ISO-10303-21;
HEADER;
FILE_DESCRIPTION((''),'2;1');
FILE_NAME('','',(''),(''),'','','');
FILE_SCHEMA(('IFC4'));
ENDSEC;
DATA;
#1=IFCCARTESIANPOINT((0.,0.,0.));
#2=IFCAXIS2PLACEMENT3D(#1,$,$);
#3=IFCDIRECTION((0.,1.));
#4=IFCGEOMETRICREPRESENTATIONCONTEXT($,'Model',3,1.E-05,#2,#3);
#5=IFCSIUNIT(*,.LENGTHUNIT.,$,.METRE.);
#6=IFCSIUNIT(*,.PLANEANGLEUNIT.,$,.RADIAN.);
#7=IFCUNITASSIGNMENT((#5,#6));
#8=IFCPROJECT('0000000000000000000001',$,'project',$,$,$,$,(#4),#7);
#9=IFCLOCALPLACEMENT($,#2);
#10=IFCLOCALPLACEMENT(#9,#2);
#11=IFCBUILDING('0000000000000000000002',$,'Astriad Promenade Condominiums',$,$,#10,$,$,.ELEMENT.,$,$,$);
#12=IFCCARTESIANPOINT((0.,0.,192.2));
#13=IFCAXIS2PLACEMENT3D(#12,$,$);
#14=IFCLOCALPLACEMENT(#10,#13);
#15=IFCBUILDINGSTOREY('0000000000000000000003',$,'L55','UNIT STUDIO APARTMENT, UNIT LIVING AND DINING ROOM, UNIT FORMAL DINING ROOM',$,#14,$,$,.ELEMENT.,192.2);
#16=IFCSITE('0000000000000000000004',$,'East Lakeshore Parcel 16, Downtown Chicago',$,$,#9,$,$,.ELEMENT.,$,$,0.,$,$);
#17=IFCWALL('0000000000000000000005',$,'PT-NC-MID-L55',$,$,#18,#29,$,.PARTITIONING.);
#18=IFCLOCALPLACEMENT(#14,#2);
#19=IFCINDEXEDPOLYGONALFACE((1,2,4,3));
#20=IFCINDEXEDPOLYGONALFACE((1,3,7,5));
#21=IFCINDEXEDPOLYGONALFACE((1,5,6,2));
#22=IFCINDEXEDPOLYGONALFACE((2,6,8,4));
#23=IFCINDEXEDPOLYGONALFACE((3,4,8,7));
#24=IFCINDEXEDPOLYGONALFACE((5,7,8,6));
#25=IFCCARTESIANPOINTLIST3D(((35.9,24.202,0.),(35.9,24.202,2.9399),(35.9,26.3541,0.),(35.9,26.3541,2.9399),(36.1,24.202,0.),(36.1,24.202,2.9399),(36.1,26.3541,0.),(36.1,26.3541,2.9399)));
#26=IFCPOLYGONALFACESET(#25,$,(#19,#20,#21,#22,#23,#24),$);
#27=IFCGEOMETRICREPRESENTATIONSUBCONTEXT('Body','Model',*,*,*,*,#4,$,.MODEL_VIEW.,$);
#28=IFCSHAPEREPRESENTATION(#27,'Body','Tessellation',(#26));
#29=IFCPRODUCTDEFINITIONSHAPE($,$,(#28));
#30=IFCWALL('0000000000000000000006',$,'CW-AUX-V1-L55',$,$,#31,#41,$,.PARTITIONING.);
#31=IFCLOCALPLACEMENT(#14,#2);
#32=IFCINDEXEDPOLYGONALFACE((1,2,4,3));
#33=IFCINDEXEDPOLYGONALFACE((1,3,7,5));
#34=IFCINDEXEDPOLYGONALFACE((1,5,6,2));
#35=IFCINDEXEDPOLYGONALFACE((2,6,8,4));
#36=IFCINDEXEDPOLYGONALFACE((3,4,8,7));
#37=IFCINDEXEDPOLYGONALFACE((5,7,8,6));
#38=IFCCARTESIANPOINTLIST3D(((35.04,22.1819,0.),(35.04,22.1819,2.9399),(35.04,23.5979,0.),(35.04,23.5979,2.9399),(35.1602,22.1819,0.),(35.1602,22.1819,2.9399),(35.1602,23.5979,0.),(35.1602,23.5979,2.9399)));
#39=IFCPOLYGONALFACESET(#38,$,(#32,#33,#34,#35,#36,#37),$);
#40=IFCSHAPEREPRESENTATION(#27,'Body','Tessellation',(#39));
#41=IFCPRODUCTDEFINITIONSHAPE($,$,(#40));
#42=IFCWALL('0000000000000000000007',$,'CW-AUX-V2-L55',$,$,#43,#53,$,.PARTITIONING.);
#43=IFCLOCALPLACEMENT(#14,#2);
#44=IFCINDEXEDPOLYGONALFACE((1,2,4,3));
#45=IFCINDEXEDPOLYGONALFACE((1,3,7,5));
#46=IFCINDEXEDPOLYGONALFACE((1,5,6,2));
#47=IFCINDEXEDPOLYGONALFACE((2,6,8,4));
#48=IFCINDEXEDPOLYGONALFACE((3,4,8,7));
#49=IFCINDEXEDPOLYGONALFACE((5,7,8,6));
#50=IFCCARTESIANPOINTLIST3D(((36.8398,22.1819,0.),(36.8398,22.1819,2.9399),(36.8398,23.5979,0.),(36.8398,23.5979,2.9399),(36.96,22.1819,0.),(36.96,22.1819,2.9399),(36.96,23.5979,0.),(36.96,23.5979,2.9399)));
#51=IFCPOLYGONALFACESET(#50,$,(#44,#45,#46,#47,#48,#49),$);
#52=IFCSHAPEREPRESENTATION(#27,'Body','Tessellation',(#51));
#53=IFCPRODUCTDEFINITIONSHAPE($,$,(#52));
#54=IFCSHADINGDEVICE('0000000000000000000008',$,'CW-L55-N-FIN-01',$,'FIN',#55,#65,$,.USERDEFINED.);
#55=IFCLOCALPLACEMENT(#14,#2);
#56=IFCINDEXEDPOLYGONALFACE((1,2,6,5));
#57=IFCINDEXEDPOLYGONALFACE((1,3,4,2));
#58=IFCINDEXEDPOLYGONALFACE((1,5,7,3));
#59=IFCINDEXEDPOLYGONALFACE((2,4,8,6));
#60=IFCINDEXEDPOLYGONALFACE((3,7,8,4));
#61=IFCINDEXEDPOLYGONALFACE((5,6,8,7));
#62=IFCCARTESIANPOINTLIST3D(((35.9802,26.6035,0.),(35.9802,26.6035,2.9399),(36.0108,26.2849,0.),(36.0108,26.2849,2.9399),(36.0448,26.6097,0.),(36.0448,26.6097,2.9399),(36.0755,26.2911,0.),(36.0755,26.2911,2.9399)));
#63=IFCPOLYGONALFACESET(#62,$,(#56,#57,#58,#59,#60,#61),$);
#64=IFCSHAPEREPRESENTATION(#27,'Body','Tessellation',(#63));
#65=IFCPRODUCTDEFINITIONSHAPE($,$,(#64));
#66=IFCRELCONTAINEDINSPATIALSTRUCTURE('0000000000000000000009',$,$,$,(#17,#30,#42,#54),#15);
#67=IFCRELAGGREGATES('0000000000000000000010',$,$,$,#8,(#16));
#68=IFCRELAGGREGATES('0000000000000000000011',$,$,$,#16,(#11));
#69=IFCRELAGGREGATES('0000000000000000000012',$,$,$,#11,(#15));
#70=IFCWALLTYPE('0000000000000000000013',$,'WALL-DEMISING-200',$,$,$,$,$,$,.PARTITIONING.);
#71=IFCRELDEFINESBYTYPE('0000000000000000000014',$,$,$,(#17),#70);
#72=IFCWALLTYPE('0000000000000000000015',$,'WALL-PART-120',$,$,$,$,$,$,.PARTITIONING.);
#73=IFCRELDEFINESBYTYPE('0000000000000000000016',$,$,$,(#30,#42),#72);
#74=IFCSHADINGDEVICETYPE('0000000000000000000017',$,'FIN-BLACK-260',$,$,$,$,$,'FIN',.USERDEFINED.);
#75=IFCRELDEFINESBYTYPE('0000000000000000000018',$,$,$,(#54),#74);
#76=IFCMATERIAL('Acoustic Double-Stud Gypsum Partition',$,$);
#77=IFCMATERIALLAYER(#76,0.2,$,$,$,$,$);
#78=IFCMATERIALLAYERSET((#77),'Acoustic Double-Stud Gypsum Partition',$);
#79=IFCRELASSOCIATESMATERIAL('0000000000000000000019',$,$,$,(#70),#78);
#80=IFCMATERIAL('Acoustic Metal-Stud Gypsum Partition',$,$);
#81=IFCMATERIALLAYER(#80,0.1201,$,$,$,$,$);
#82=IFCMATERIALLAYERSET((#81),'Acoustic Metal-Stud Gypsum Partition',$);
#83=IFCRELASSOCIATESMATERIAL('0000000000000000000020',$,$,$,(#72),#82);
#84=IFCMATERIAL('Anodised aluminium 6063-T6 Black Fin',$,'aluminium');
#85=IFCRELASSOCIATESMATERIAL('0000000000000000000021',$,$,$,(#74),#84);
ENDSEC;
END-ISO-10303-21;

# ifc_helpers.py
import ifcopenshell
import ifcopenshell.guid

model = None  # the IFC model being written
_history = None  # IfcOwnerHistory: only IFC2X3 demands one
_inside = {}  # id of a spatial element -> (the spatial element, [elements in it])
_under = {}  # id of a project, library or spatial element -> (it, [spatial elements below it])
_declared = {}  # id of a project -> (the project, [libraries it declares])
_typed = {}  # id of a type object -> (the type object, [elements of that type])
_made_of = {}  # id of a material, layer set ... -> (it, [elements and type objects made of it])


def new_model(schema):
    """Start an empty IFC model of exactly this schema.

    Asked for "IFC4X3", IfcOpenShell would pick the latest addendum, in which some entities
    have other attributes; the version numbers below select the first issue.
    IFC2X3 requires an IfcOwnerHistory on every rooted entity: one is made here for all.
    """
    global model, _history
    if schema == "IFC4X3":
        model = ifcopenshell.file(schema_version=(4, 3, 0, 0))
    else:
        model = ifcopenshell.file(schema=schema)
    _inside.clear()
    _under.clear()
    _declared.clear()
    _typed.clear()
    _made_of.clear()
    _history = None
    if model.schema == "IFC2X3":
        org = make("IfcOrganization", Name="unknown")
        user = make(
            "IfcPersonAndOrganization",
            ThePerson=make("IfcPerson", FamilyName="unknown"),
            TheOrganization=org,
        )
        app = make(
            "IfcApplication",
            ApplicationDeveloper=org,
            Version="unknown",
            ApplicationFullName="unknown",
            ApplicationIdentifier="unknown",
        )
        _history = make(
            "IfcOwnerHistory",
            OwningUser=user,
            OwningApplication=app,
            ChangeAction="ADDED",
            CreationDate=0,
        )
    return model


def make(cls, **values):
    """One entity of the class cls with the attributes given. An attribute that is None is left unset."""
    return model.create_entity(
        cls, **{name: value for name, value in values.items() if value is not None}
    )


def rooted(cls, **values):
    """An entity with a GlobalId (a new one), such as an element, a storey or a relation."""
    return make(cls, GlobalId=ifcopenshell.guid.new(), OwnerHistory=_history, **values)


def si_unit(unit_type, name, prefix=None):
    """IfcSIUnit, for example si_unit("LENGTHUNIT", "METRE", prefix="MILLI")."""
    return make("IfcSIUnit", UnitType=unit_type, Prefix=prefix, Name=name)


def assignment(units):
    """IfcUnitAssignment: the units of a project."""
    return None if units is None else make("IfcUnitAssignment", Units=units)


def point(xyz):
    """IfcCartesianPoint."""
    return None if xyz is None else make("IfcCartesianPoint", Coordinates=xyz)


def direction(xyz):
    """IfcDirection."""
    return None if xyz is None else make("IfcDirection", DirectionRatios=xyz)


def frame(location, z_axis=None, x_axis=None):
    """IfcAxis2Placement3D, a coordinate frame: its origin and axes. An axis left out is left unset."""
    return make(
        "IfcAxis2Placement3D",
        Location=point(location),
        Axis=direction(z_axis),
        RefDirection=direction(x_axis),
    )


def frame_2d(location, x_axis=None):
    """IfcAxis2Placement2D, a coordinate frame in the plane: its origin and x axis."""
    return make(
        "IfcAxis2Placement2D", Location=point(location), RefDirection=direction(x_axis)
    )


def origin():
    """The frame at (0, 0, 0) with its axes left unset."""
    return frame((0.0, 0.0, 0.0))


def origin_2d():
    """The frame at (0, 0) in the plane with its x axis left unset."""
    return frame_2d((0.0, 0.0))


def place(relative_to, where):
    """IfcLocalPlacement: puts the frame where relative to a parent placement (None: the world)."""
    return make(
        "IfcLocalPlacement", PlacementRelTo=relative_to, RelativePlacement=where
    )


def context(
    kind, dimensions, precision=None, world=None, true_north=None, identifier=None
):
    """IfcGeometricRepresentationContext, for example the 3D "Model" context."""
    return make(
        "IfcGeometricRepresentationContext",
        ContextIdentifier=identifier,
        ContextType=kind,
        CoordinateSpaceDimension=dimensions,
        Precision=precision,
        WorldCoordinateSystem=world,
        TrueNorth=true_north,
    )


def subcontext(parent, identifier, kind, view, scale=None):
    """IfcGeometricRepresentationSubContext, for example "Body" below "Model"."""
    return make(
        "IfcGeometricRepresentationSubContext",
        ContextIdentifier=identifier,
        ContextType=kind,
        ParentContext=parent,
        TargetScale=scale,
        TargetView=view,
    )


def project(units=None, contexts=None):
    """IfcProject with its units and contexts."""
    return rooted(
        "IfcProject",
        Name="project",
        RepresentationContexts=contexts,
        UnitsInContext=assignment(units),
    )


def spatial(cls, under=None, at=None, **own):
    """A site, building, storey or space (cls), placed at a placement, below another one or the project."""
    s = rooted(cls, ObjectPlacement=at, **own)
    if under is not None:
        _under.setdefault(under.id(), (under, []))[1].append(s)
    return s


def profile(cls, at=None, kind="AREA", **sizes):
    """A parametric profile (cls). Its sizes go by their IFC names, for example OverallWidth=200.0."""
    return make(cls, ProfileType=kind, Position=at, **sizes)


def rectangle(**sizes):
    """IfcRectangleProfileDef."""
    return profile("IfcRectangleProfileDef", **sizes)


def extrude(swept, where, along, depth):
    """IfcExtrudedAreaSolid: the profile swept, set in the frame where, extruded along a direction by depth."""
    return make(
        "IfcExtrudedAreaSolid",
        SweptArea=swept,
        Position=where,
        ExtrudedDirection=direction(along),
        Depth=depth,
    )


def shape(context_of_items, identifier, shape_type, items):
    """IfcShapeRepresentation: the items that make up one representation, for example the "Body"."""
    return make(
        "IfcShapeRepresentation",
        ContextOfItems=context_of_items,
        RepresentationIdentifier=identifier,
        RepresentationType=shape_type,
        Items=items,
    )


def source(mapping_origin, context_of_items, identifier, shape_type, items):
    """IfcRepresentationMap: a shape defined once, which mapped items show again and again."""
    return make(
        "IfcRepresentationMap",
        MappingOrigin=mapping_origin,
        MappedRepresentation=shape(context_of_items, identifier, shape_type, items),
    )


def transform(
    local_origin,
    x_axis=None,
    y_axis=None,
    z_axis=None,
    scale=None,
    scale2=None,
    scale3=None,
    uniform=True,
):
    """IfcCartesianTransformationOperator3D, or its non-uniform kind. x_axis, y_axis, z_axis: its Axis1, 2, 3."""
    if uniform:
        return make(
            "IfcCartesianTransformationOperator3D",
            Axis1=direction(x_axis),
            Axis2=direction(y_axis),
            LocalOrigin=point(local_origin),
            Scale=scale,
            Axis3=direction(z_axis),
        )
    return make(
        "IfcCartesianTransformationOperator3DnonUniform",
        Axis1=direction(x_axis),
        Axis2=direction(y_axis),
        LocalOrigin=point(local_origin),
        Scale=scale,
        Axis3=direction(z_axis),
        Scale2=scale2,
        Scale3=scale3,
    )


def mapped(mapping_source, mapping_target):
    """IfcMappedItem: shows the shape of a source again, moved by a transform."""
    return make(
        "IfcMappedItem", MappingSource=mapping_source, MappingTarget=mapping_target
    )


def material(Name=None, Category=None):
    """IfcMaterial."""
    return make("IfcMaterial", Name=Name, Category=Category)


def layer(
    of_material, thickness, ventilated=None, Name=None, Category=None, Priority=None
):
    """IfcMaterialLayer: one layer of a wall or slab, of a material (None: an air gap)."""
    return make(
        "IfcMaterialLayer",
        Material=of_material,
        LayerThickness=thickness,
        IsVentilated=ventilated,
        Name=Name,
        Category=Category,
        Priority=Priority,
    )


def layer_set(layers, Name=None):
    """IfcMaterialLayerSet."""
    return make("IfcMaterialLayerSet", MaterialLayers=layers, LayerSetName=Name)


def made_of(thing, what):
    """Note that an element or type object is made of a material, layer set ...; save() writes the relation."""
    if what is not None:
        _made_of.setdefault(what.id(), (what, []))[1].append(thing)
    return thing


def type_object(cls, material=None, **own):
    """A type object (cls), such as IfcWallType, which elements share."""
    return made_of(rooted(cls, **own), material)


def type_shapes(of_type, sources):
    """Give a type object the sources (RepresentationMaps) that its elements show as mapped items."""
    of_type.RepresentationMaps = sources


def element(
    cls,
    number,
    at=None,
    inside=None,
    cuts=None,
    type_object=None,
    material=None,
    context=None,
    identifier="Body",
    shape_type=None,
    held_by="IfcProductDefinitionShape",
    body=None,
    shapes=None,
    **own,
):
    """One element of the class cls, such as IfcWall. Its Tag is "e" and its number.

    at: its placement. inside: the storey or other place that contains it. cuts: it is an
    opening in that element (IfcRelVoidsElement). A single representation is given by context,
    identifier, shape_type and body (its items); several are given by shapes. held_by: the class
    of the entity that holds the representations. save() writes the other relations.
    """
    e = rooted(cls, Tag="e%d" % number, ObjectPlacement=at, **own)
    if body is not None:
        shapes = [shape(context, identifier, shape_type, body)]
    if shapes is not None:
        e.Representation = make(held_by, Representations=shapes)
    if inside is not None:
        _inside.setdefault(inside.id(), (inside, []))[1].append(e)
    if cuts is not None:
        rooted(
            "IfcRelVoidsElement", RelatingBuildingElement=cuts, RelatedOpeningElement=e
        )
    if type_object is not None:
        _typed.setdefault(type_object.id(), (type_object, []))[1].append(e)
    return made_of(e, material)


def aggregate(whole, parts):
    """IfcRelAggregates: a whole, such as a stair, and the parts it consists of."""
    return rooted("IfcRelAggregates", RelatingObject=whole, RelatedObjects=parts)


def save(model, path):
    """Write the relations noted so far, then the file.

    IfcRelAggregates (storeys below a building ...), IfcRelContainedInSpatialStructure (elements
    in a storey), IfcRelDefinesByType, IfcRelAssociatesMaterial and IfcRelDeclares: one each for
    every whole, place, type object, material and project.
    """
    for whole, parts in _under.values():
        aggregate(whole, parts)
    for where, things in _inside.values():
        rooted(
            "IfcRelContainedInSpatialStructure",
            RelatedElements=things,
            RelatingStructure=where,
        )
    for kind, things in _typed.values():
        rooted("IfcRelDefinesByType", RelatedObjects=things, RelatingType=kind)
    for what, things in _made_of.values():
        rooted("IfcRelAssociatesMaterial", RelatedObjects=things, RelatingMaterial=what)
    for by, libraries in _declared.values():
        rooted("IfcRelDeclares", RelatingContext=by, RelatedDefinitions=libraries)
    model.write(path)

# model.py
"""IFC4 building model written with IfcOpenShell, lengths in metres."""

from ifc_helpers import new_model, si_unit, direction, frame, frame_2d, origin, origin_2d, place, context, subcontext, project, spatial, rectangle, extrude, source, transform, mapped, material, layer, layer_set, type_object, type_shapes, element, save


model = new_model("IFC4")

# Units and contexts
model_context = context("Model", 3, precision=1e-05, world=origin(), true_north=direction((0.0, 1.0)))
body_context = subcontext(model_context, "Body", "Model", "MODEL_VIEW")
ifc_project = project(units=[si_unit("LENGTHUNIT", "METRE"), si_unit("PLANEANGLEUNIT", "RADIAN")], contexts=[model_context])

# Site, building, storey
site_placement = place(None, origin())
site = spatial("IfcSite", under=ifc_project, at=site_placement, Name="East Lakeshore Parcel 16, Downtown Chicago", CompositionType="ELEMENT", RefElevation=0.0)
building_placement = place(site_placement, origin())
building = spatial("IfcBuilding", under=site, at=building_placement, Name="Astriad Promenade Condominiums", CompositionType="ELEMENT")
storey_placement = place(building_placement, frame((0.0, 0.0, 192.2)))
storey = spatial("IfcBuildingStorey", under=building, at=storey_placement, Name="L55", Description="UNIT STUDIO APARTMENT, UNIT LIVING AND DINING ROOM, UNIT FORMAL DINING ROOM", CompositionType="ELEMENT", Elevation=192.2)

# Walls
ifc_material_1 = material(Name="Acoustic Double-Stud Gypsum Partition")
ifc_layer_1 = layer(ifc_material_1, 0.2)
ifc_layer_set_1 = layer_set([ifc_layer_1], Name="Acoustic Double-Stud Gypsum Partition")
wall_type_1 = type_object("IfcWallType", Name="WALL-DEMISING-200", PredefinedType="PARTITIONING", material=ifc_layer_set_1)
wall_1_placement = place(storey_placement, frame((36.0, 24.2019, 0.0), z_axis=(0.0, 0.0, 1.0), x_axis=(0.0, 1.0, 0.0)))
element("IfcWall", 1, at=wall_1_placement, inside=storey, type_object=wall_type_1, Name="PT-NC-MID-L55", PredefinedType="PARTITIONING", context=body_context, shape_type="SweptSolid", body=[
    extrude(rectangle(XDim=2.1521, YDim=0.2, at=frame_2d((1.0762, 0.0))), origin(), (0.0, 0.0, 1.0), 2.9399),
])
ifc_material_2 = material(Name="Acoustic Metal-Stud Gypsum Partition")
ifc_layer_2 = layer(ifc_material_2, 0.1201)
ifc_layer_set_2 = layer_set([ifc_layer_2], Name="Acoustic Metal-Stud Gypsum Partition")
wall_type_2 = type_object("IfcWallType", Name="WALL-PART-120", PredefinedType="PARTITIONING", material=ifc_layer_set_2)
for number, where, z_axis, x_axis, name in (
    (2, (35.1001, 22.1819, 0.0), (0.0, 0.0, 1.0), (0.0, 1.0, 0.0), "CW-AUX-V1-L55"),
    (3, (36.8999, 22.1819, 0.0), (0.0, 0.0, 1.0), (0.0, 1.0, 0.0), "CW-AUX-V2-L55"),
):
    element("IfcWall", number, at=place(storey_placement, frame(where, z_axis=z_axis, x_axis=x_axis)), inside=storey, type_object=wall_type_2, Name=name, PredefinedType="PARTITIONING", context=body_context, shape_type="SweptSolid", body=[
        extrude(rectangle(XDim=1.416, YDim=0.1201, at=frame_2d((0.708, 0.0))), origin(), (0.0, 0.0, 1.0), 2.9399),
    ])

# Shading device
ifc_material_3 = material(Name="Anodised aluminium 6063-T6 Black Fin", Category="aluminium")
shading_device_type = type_object("IfcShadingDeviceType", Name="FIN-BLACK-260", ElementType="FIN", PredefinedType="USERDEFINED", material=ifc_material_3)
shared_shape_1 = source(origin(), body_context, "Body", "SweptSolid", [
    extrude(rectangle(XDim=0.0649, YDim=0.3201, at=origin_2d()), origin(), (0.0, 0.0, 1.0), 2.9399),
])
type_shapes(shading_device_type, [shared_shape_1])
shading_device_placement = place(storey_placement, frame((36.0278, 26.4473, 0.0), z_axis=(0.0, 0.0, 1.0), x_axis=(0.995396, 0.095846, 0.0)))
element("IfcShadingDevice", 4, at=shading_device_placement, inside=storey, type_object=shading_device_type, Name="CW-L55-N-FIN-01", ObjectType="FIN", PredefinedType="USERDEFINED", context=body_context, shape_type="MappedRepresentation", body=[
    mapped(shared_shape_1, transform((0.0, 0.0, 0.0), scale=1.0)),
])

save(model, "model.ifc")
